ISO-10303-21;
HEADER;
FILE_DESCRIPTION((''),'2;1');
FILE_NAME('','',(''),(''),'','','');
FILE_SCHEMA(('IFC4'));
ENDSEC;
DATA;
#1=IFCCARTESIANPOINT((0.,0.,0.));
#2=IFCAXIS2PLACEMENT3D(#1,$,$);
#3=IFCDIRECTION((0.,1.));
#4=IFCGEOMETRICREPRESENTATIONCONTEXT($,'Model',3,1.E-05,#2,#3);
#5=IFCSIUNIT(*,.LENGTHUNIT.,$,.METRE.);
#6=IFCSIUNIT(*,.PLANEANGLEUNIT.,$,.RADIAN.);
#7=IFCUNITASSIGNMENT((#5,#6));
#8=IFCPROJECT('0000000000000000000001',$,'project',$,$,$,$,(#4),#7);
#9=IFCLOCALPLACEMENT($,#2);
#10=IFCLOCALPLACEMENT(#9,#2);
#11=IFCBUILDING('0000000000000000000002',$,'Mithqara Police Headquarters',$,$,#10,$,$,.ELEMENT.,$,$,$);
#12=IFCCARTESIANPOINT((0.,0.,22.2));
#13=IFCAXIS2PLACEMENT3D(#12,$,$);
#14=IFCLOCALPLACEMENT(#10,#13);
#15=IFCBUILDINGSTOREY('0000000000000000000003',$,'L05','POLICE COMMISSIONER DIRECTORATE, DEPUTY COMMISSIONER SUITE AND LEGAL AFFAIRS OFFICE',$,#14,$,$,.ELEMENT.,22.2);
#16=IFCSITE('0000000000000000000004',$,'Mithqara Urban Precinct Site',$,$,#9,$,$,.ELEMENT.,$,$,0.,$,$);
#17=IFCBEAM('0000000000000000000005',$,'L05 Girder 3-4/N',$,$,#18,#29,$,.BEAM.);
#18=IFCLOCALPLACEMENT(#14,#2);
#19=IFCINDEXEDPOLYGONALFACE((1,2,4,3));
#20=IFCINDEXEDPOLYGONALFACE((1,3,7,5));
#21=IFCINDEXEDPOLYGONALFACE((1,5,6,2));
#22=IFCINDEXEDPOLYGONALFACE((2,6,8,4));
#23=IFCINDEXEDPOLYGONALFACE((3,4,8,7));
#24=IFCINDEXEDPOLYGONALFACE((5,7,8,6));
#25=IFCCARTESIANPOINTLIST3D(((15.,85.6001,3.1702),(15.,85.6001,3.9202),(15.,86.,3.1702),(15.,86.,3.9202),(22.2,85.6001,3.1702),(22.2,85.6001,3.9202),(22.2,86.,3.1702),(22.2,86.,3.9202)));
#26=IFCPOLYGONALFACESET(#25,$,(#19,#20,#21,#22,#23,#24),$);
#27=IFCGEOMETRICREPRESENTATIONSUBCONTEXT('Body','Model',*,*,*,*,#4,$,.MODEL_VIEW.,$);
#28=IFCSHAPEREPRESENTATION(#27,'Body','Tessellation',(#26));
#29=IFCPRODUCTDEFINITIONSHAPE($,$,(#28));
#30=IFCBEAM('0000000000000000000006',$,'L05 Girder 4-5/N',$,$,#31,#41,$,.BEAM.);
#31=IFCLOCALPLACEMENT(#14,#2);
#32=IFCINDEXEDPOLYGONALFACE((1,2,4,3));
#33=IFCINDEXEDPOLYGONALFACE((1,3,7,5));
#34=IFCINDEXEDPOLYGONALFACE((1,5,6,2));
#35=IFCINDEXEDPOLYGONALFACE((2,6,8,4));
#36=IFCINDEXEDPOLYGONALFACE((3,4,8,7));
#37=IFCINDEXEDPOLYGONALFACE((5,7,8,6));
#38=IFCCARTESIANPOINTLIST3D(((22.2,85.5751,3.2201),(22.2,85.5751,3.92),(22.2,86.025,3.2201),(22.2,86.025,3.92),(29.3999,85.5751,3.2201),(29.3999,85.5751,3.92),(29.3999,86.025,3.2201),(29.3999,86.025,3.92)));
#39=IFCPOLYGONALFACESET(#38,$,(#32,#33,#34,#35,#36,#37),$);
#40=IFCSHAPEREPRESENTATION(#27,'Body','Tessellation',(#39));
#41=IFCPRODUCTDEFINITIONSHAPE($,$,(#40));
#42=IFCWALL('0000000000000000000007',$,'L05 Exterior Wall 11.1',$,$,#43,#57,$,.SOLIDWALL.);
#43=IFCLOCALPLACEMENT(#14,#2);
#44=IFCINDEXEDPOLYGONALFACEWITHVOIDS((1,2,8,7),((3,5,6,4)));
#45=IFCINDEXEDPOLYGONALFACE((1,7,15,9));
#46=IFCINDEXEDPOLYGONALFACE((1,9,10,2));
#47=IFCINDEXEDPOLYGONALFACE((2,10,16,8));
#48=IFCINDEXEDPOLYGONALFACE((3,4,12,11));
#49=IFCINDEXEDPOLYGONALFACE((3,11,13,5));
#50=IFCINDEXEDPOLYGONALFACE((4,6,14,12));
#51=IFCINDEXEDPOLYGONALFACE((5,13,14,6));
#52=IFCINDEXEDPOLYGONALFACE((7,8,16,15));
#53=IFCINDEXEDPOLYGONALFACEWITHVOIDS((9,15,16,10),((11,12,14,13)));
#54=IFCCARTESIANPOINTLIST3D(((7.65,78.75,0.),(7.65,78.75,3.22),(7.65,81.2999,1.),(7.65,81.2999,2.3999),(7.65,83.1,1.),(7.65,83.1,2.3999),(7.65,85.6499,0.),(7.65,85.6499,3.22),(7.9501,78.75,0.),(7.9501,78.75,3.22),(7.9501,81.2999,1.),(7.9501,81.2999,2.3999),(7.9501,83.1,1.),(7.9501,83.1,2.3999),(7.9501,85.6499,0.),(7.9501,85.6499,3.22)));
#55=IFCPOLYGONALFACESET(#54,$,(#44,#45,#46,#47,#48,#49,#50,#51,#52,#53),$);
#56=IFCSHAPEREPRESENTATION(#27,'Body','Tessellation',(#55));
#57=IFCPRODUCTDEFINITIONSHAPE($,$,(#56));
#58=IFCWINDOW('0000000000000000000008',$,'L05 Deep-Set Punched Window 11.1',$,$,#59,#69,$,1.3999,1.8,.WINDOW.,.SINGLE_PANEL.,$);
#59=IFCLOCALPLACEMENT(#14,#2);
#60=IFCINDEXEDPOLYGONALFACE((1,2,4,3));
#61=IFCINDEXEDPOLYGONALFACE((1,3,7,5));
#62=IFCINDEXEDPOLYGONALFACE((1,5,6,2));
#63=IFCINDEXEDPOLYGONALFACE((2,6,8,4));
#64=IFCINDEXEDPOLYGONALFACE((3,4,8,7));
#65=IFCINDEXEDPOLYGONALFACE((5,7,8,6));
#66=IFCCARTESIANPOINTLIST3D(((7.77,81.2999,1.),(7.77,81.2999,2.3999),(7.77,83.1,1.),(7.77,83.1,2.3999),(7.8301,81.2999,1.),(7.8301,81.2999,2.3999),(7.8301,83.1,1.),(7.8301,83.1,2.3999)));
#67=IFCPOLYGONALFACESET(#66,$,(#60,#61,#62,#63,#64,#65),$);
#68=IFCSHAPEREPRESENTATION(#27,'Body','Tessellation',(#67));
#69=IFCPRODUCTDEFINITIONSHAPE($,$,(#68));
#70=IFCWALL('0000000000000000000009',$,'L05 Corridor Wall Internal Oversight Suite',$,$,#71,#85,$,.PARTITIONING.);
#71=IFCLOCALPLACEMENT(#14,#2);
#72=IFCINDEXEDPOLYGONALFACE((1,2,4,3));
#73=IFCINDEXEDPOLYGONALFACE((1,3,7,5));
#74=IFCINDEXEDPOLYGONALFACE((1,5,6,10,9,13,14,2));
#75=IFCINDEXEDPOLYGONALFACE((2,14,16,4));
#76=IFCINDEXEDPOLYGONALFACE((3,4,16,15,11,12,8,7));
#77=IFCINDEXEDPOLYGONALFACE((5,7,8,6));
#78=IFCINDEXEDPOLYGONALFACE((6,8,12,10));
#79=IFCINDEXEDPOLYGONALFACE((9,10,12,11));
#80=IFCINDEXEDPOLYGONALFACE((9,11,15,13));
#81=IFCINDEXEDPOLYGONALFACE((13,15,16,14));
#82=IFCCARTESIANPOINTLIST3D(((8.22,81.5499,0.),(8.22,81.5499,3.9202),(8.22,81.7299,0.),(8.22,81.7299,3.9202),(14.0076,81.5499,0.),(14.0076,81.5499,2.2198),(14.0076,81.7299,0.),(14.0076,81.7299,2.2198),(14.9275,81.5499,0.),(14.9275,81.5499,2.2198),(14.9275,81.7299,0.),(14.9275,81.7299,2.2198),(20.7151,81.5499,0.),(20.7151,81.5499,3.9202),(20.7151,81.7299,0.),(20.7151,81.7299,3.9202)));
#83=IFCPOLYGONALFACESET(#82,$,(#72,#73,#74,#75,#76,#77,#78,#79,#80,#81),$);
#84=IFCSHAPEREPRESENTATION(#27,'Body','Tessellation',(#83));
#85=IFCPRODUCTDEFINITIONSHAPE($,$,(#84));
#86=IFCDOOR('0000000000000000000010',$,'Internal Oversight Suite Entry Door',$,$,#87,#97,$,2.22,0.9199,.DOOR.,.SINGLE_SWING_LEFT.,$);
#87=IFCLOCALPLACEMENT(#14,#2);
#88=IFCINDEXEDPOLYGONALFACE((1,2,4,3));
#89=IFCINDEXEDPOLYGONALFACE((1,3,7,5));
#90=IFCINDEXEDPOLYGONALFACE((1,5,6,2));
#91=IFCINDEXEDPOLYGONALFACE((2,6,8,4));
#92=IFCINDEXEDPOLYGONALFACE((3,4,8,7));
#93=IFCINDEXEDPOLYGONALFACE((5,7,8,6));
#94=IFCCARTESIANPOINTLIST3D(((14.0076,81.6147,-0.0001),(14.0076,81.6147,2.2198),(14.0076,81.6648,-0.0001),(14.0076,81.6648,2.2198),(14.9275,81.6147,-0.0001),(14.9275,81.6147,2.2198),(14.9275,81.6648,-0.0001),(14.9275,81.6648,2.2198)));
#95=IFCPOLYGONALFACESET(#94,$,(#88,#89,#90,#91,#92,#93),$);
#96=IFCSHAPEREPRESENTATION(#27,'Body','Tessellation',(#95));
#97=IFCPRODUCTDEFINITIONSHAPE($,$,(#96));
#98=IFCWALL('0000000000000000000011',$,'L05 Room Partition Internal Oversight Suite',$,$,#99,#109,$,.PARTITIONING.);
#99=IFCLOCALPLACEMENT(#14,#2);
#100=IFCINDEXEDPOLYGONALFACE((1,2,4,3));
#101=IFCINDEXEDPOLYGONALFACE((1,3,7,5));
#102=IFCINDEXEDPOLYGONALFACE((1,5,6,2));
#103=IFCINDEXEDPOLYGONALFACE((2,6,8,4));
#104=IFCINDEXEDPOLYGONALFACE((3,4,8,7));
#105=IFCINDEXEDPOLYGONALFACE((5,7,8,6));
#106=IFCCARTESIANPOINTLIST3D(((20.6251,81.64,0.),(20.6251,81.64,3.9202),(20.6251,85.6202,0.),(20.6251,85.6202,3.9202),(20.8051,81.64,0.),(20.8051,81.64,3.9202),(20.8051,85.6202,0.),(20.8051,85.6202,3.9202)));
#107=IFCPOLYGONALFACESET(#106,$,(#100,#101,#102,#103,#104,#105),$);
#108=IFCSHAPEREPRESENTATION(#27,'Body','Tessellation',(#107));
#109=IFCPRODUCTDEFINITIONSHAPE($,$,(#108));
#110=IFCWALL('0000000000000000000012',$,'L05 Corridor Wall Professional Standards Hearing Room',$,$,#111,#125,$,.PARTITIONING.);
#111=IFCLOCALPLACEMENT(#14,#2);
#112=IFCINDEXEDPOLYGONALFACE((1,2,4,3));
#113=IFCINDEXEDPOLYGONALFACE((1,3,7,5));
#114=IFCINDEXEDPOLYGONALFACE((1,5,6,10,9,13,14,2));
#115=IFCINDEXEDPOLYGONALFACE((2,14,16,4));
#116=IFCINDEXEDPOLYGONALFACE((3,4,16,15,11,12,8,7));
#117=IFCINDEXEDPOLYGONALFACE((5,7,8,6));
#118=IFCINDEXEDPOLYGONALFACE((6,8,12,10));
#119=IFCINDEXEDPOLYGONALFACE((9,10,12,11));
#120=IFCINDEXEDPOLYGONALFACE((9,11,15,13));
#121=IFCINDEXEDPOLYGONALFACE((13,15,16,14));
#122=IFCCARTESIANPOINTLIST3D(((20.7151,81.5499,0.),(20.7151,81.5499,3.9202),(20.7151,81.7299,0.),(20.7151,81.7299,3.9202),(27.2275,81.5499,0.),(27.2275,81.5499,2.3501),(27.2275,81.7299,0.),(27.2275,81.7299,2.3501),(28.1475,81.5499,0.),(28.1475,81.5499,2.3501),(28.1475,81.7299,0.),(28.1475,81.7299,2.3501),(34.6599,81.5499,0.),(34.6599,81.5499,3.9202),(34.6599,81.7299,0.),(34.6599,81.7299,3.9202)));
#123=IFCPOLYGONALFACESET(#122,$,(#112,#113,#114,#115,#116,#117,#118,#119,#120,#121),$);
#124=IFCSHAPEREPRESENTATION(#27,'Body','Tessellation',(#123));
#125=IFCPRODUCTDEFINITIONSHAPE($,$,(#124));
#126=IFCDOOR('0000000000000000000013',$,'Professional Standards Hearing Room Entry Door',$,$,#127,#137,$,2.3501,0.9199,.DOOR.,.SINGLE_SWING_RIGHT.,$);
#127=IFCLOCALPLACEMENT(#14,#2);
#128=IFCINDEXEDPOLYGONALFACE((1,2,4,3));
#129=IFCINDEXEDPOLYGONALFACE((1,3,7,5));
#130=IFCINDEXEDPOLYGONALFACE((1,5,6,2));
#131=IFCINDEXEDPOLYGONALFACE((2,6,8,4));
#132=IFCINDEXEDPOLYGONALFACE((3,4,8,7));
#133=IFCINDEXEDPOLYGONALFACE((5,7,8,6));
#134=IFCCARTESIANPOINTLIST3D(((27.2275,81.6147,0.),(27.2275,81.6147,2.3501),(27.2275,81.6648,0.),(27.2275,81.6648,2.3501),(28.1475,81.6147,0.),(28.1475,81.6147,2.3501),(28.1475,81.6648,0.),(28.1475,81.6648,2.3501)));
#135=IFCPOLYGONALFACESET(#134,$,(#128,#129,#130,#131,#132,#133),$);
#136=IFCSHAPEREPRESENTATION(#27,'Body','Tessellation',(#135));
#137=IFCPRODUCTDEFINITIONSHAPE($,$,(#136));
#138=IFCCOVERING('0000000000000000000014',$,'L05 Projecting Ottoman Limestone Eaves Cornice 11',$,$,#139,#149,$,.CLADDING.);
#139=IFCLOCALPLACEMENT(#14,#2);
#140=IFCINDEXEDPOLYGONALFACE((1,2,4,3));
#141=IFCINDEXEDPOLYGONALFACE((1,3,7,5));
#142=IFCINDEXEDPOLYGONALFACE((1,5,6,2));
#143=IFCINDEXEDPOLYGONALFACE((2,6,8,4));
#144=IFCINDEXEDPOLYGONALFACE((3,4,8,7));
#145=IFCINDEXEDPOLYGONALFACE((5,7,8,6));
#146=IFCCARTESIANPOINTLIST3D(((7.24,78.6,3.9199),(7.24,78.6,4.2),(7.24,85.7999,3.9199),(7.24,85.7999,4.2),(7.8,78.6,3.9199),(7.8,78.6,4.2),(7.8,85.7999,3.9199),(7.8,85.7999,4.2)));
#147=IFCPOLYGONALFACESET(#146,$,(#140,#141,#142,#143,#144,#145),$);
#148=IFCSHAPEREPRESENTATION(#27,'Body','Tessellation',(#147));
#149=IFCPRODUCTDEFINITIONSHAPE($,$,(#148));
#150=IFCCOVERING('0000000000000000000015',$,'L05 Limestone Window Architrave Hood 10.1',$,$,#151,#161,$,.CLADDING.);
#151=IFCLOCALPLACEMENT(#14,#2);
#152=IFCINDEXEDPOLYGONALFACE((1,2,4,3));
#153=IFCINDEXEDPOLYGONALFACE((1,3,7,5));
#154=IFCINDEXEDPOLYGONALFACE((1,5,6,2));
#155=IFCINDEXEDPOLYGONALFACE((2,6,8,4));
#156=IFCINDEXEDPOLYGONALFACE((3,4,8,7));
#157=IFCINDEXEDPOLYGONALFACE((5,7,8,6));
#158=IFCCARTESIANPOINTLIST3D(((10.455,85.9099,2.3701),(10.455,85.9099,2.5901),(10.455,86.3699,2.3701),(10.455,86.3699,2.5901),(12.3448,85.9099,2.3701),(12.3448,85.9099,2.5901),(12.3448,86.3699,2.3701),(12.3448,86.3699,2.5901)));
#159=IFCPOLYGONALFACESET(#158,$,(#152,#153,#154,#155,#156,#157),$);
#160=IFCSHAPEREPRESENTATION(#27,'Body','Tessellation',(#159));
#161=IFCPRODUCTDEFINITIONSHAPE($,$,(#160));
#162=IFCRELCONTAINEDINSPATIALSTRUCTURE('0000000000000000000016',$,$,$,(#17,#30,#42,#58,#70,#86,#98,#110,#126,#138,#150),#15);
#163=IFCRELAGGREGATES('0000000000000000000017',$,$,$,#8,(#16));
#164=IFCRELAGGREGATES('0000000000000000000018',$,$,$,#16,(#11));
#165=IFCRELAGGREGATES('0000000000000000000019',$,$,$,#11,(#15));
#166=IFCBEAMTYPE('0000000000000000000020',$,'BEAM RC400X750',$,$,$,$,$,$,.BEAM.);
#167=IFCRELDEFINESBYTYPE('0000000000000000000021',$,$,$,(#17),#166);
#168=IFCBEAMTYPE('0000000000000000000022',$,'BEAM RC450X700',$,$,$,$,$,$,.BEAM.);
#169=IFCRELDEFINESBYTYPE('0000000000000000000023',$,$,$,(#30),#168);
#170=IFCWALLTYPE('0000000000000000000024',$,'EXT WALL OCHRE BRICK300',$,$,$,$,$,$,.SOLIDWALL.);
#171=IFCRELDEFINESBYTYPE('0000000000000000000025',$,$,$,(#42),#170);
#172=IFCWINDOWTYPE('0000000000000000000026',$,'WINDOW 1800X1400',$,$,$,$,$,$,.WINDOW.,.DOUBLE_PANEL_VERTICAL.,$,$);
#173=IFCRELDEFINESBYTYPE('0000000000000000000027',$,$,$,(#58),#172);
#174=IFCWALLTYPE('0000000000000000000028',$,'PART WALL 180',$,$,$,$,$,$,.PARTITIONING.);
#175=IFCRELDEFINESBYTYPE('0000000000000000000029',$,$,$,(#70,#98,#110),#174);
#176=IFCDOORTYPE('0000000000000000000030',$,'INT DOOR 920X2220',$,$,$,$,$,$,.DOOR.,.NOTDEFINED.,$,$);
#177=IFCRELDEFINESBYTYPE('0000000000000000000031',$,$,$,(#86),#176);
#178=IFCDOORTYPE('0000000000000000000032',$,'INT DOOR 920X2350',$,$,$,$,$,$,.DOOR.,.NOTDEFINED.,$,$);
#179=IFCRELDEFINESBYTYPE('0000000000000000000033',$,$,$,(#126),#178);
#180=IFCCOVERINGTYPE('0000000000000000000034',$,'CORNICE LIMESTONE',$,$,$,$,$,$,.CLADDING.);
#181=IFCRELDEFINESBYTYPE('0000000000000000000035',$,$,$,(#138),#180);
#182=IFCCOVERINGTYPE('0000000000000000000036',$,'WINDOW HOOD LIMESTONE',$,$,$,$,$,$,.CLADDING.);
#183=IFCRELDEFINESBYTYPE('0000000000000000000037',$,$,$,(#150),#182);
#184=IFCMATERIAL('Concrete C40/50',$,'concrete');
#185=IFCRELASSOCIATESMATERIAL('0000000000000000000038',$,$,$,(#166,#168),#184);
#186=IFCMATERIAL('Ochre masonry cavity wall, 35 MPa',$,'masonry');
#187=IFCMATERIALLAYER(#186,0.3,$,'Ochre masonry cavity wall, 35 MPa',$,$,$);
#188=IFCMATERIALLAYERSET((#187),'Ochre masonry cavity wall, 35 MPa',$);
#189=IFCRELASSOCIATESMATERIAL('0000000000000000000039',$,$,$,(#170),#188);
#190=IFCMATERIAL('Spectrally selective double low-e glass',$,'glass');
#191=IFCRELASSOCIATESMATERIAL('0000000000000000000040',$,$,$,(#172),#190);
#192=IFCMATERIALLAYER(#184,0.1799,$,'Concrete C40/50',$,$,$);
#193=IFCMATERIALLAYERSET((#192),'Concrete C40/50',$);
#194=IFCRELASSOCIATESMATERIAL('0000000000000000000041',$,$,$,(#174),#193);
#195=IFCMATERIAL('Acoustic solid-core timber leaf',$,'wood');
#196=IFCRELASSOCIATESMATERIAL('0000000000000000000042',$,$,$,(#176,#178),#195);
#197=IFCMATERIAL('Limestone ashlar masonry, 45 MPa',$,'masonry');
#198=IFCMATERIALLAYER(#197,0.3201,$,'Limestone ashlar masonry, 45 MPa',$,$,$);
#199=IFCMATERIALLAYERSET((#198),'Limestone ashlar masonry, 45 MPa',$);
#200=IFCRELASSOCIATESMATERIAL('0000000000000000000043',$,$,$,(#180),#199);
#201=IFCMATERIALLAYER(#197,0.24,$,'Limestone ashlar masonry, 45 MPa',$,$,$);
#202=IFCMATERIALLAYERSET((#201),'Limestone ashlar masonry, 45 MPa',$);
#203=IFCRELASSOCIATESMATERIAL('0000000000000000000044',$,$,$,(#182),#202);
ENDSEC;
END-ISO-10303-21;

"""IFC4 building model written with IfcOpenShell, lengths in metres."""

from ifc_helpers import new_model, si_unit, direction, frame, frame_2d, origin, origin_2d, place, context, subcontext, project, spatial, rectangle, extrude, material, layer, layer_set, material_profile, profile_set, type_object, element, fill, save


model = new_model("IFC4")

# Units and contexts
model_context = context("Model", 3, precision=1e-05, world=origin(), true_north=direction((0.0, 1.0)))
body_context = subcontext(model_context, "Body", "Model", "MODEL_VIEW")
ifc_project = project(units=[si_unit("LENGTHUNIT", "METRE"), si_unit("PLANEANGLEUNIT", "RADIAN")], contexts=[model_context])

# Site, building, storey
site_placement = place(None, origin())
site = spatial("IfcSite", under=ifc_project, at=site_placement, Name="Mithqara Urban Precinct Site", CompositionType="ELEMENT", RefElevation=0.0)
building_placement = place(site_placement, origin())
building = spatial("IfcBuilding", under=site, at=building_placement, Name="Mithqara Police Headquarters", CompositionType="ELEMENT")
storey_placement = place(building_placement, frame((0.0, 0.0, 22.2)))
storey = spatial("IfcBuildingStorey", under=building, at=storey_placement, Name="L05", Description="POLICE COMMISSIONER DIRECTORATE, DEPUTY COMMISSIONER SUITE AND LEGAL AFFAIRS OFFICE", CompositionType="ELEMENT", Elevation=22.2)

# Beams
ifc_material_1 = material(Name="Concrete C40/50", Category="concrete")
ifc_material_profile_1 = material_profile(ifc_material_1, rectangle(XDim=0.3999, YDim=0.75, at=origin_2d()), Name="RC 400x750")
ifc_profile_set_1 = profile_set([ifc_material_profile_1], Name="Concrete C40/50")
beam_type_1 = type_object("IfcBeamType", Name="BEAM RC400X750", PredefinedType="BEAM", material=ifc_profile_set_1)
beam_1_placement = place(storey_placement, frame((15.0, 85.8, 3.5452), z_axis=(1.0, 0.0, 0.0), x_axis=(0.0, 1.0, 0.0)))
element("IfcBeam", 1, at=beam_1_placement, inside=storey, type_object=beam_type_1, Name="L05 Girder 3-4/N", PredefinedType="BEAM", context=body_context, shape_type="SweptSolid", body=[
    extrude(rectangle(XDim=0.3999, YDim=0.75, at=origin_2d()), origin(), (0.0, 0.0, 1.0), 7.2),
])
ifc_material_profile_2 = material_profile(ifc_material_1, rectangle(XDim=0.45, YDim=0.7, at=origin_2d()), Name="RC 450x700")
ifc_profile_set_2 = profile_set([ifc_material_profile_2], Name="Concrete C40/50")
beam_type_2 = type_object("IfcBeamType", Name="BEAM RC450X700", PredefinedType="BEAM", material=ifc_profile_set_2)
beam_2_placement = place(storey_placement, frame((22.2, 85.8, 3.5701), z_axis=(1.0, 0.0, 0.0), x_axis=(0.0, 1.0, 0.0)))
element("IfcBeam", 2, at=beam_2_placement, inside=storey, type_object=beam_type_2, Name="L05 Girder 4-5/N", PredefinedType="BEAM", context=body_context, shape_type="SweptSolid", body=[
    extrude(rectangle(XDim=0.45, YDim=0.7, at=origin_2d()), origin(), (0.0, 0.0, 1.0), 7.2),
])

# Wall, opening, window
ifc_material_2 = material(Name="Ochre masonry cavity wall, 35 MPa", Category="masonry")
ifc_layer_1 = layer(ifc_material_2, 0.3, Name="Ochre masonry cavity wall, 35 MPa")
ifc_layer_set_1 = layer_set([ifc_layer_1], Name="Ochre masonry cavity wall, 35 MPa")
wall_type_1 = type_object("IfcWallType", Name="EXT WALL OCHRE BRICK300", PredefinedType="SOLIDWALL", material=ifc_layer_set_1)
wall_1_placement = place(storey_placement, frame((7.8, 85.6499, 0.0), z_axis=(0.0, 0.0, 1.0), x_axis=(0.0, -1.0, 0.0)))
wall_1 = element("IfcWall", 3, at=wall_1_placement, inside=storey, type_object=wall_type_1, Name="L05 Exterior Wall 11.1", PredefinedType="SOLIDWALL", context=body_context, shape_type="SweptSolid", body=[
    extrude(rectangle(XDim=6.8999, YDim=0.3, at=frame_2d((3.45, 0.0))), origin(), (0.0, 0.0, 1.0), 3.22),
])
opening_1_placement = place(wall_1_placement, frame((2.55, 0.0, 1.0)))
opening_1 = element("IfcOpeningElement", 4, at=opening_1_placement, cuts=wall_1, PredefinedType="OPENING", context=body_context, shape_type="SweptSolid", body=[
    extrude(rectangle(XDim=1.8, YDim=1.3999, at=frame_2d((0.8999, 0.7))), frame((0.0, 0.1602, 0.0), z_axis=(0.0, -1.0, 0.0), x_axis=(1.0, 0.0, 0.0)), (0.0, 0.0, 1.0), 0.3201),
])
ifc_material_3 = material(Name="Spectrally selective double low-e glass", Category="glass")
window_type = type_object("IfcWindowType", Name="WINDOW 1800X1400", PartitioningType="DOUBLE_PANEL_VERTICAL", PredefinedType="WINDOW", material=ifc_material_3)
window_placement = place(opening_1_placement, origin())
window = element("IfcWindow", 5, at=window_placement, inside=storey, type_object=window_type, Name="L05 Deep-Set Punched Window 11.1", OverallHeight=1.3999, OverallWidth=1.8, PartitioningType="SINGLE_PANEL", PredefinedType="WINDOW", context=body_context, shape_type="SweptSolid", body=[
    extrude(rectangle(XDim=1.8, YDim=1.3999, at=frame_2d((0.8999, 0.7))), frame((0.0, 0.03, 0.0), z_axis=(0.0, -1.0, 0.0), x_axis=(1.0, 0.0, 0.0)), (0.0, 0.0, 1.0), 0.0601),
])
fill(opening_1, window)

# Wall, opening, door
ifc_layer_2 = layer(ifc_material_1, 0.1799, Name="Concrete C40/50")
ifc_layer_set_2 = layer_set([ifc_layer_2], Name="Concrete C40/50")
wall_type_2 = type_object("IfcWallType", Name="PART WALL 180", PredefinedType="PARTITIONING", material=ifc_layer_set_2)
wall_2_placement = place(storey_placement, frame((8.22, 81.6399, 0.0), z_axis=(0.0, 0.0, 1.0), x_axis=(1.0, 0.0, 0.0)))
wall_2 = element("IfcWall", 6, at=wall_2_placement, inside=storey, type_object=wall_type_2, Name="L05 Corridor Wall Internal Oversight Suite", PredefinedType="PARTITIONING", context=body_context, shape_type="SweptSolid", body=[
    extrude(rectangle(XDim=12.4951, YDim=0.1799, at=frame_2d((6.2476, 0.0))), origin(), (0.0, 0.0, 1.0), 3.9202),
])
opening_2_placement = place(wall_2_placement, frame((5.7876, 0.0, 0.0)))
opening_2 = element("IfcOpeningElement", 7, at=opening_2_placement, cuts=wall_2, PredefinedType="OPENING", context=body_context, shape_type="SweptSolid", body=[
    extrude(rectangle(XDim=0.9199, YDim=2.22, at=frame_2d((0.46, 1.1099))), frame((0.0, 0.1001, 0.0), z_axis=(0.0, -1.0, 0.0), x_axis=(1.0, 0.0, 0.0)), (0.0, 0.0, 1.0), 0.2),
])
ifc_material_4 = material(Name="Acoustic solid-core timber leaf", Category="wood")
door_type_1 = type_object("IfcDoorType", Name="INT DOOR 920X2220", OperationType="NOTDEFINED", PredefinedType="DOOR", material=ifc_material_4)
door_1_placement = place(opening_2_placement, origin())
door_1 = element("IfcDoor", 8, at=door_1_placement, inside=storey, type_object=door_type_1, Name="Internal Oversight Suite Entry Door", OperationType="SINGLE_SWING_LEFT", OverallHeight=2.22, OverallWidth=0.9199, PredefinedType="DOOR", context=body_context, shape_type="SweptSolid", body=[
    extrude(rectangle(XDim=0.9199, YDim=2.22, at=frame_2d((0.46, 1.1099))), frame((0.0, 0.0249, 0.0), z_axis=(0.0, -1.0, 0.0), x_axis=(1.0, 0.0, 0.0)), (0.0, 0.0, 1.0), 0.05),
])
fill(opening_2, door_1)

# Wall
wall_3_placement = place(storey_placement, frame((20.7151, 81.6399, 0.0), z_axis=(0.0, 0.0, 1.0), x_axis=(0.0, 1.0, 0.0)))
element("IfcWall", 9, at=wall_3_placement, inside=storey, type_object=wall_type_2, Name="L05 Room Partition Internal Oversight Suite", PredefinedType="PARTITIONING", context=body_context, shape_type="SweptSolid", body=[
    extrude(rectangle(XDim=3.9802, YDim=0.1799, at=frame_2d((1.9902, 0.0))), origin(), (0.0, 0.0, 1.0), 3.9202),
])

# Wall, opening, door
wall_4_placement = place(storey_placement, frame((20.7151, 81.6399, 0.0), z_axis=(0.0, 0.0, 1.0), x_axis=(1.0, 0.0, 0.0)))
wall_4 = element("IfcWall", 10, at=wall_4_placement, inside=storey, type_object=wall_type_2, Name="L05 Corridor Wall Professional Standards Hearing Room", PredefinedType="PARTITIONING", context=body_context, shape_type="SweptSolid", body=[
    extrude(rectangle(XDim=13.9448, YDim=0.1799, at=frame_2d((6.9724, 0.0))), origin(), (0.0, 0.0, 1.0), 3.9202),
])
opening_3_placement = place(wall_4_placement, frame((6.5125, 0.0, 0.0)))
opening_3 = element("IfcOpeningElement", 11, at=opening_3_placement, cuts=wall_4, PredefinedType="OPENING", context=body_context, shape_type="SweptSolid", body=[
    extrude(rectangle(XDim=0.9199, YDim=2.3501, at=frame_2d((0.46, 1.175))), frame((0.0, 0.1001, 0.0), z_axis=(0.0, -1.0, 0.0), x_axis=(1.0, 0.0, 0.0)), (0.0, 0.0, 1.0), 0.2),
])
door_type_2 = type_object("IfcDoorType", Name="INT DOOR 920X2350", OperationType="NOTDEFINED", PredefinedType="DOOR", material=ifc_material_4)
door_2_placement = place(opening_3_placement, origin())
door_2 = element("IfcDoor", 12, at=door_2_placement, inside=storey, type_object=door_type_2, Name="Professional Standards Hearing Room Entry Door", OperationType="SINGLE_SWING_RIGHT", OverallHeight=2.3501, OverallWidth=0.9199, PredefinedType="DOOR", context=body_context, shape_type="SweptSolid", body=[
    extrude(rectangle(XDim=0.9199, YDim=2.3501, at=frame_2d((0.46, 1.175))), frame((0.0, 0.0249, 0.0), z_axis=(0.0, -1.0, 0.0), x_axis=(1.0, 0.0, 0.0)), (0.0, 0.0, 1.0), 0.05),
])
fill(opening_3, door_2)

# Coverings
ifc_material_5 = material(Name="Limestone ashlar masonry, 45 MPa", Category="masonry")
ifc_layer_3 = layer(ifc_material_5, 0.3201, Name="Limestone ashlar masonry, 45 MPa")
ifc_layer_set_3 = layer_set([ifc_layer_3], Name="Limestone ashlar masonry, 45 MPa")
covering_type_1 = type_object("IfcCoveringType", Name="CORNICE LIMESTONE", PredefinedType="CLADDING", material=ifc_layer_set_3)
covering_1_placement = place(storey_placement, frame((7.52, 82.2, 3.9199), z_axis=(0.0, 0.0, 1.0), x_axis=(0.0, 1.0, 0.0)))
element("IfcCovering", 13, at=covering_1_placement, inside=storey, type_object=covering_type_1, Name="L05 Projecting Ottoman Limestone Eaves Cornice 11", PredefinedType="CLADDING", context=body_context, shape_type="SweptSolid", body=[
    extrude(rectangle(XDim=7.2, YDim=0.5601, at=origin_2d()), origin(), (0.0, 0.0, 1.0), 0.28),
])
ifc_layer_4 = layer(ifc_material_5, 0.24, Name="Limestone ashlar masonry, 45 MPa")
ifc_layer_set_4 = layer_set([ifc_layer_4], Name="Limestone ashlar masonry, 45 MPa")
covering_type_2 = type_object("IfcCoveringType", Name="WINDOW HOOD LIMESTONE", PredefinedType="CLADDING", material=ifc_layer_set_4)
for number, where, z_axis, x_axis, name in (
    (14, (11.3999, 86.1399, 2.3701), (0.0, 0.0, 1.0), (1.0, 0.0, 0.0), "L05 Limestone Window Architrave Hood 10.1"),
):
    element("IfcCovering", number, at=place(storey_placement, frame(where, z_axis=z_axis, x_axis=x_axis)), inside=storey, type_object=covering_type_2, Name=name, PredefinedType="CLADDING", context=body_context, shape_type="SweptSolid", body=[
        extrude(rectangle(XDim=1.8899, YDim=0.46, at=origin_2d()), origin(), (0.0, 0.0, 1.0), 0.22),
    ])

save(model, "model.ifc")
